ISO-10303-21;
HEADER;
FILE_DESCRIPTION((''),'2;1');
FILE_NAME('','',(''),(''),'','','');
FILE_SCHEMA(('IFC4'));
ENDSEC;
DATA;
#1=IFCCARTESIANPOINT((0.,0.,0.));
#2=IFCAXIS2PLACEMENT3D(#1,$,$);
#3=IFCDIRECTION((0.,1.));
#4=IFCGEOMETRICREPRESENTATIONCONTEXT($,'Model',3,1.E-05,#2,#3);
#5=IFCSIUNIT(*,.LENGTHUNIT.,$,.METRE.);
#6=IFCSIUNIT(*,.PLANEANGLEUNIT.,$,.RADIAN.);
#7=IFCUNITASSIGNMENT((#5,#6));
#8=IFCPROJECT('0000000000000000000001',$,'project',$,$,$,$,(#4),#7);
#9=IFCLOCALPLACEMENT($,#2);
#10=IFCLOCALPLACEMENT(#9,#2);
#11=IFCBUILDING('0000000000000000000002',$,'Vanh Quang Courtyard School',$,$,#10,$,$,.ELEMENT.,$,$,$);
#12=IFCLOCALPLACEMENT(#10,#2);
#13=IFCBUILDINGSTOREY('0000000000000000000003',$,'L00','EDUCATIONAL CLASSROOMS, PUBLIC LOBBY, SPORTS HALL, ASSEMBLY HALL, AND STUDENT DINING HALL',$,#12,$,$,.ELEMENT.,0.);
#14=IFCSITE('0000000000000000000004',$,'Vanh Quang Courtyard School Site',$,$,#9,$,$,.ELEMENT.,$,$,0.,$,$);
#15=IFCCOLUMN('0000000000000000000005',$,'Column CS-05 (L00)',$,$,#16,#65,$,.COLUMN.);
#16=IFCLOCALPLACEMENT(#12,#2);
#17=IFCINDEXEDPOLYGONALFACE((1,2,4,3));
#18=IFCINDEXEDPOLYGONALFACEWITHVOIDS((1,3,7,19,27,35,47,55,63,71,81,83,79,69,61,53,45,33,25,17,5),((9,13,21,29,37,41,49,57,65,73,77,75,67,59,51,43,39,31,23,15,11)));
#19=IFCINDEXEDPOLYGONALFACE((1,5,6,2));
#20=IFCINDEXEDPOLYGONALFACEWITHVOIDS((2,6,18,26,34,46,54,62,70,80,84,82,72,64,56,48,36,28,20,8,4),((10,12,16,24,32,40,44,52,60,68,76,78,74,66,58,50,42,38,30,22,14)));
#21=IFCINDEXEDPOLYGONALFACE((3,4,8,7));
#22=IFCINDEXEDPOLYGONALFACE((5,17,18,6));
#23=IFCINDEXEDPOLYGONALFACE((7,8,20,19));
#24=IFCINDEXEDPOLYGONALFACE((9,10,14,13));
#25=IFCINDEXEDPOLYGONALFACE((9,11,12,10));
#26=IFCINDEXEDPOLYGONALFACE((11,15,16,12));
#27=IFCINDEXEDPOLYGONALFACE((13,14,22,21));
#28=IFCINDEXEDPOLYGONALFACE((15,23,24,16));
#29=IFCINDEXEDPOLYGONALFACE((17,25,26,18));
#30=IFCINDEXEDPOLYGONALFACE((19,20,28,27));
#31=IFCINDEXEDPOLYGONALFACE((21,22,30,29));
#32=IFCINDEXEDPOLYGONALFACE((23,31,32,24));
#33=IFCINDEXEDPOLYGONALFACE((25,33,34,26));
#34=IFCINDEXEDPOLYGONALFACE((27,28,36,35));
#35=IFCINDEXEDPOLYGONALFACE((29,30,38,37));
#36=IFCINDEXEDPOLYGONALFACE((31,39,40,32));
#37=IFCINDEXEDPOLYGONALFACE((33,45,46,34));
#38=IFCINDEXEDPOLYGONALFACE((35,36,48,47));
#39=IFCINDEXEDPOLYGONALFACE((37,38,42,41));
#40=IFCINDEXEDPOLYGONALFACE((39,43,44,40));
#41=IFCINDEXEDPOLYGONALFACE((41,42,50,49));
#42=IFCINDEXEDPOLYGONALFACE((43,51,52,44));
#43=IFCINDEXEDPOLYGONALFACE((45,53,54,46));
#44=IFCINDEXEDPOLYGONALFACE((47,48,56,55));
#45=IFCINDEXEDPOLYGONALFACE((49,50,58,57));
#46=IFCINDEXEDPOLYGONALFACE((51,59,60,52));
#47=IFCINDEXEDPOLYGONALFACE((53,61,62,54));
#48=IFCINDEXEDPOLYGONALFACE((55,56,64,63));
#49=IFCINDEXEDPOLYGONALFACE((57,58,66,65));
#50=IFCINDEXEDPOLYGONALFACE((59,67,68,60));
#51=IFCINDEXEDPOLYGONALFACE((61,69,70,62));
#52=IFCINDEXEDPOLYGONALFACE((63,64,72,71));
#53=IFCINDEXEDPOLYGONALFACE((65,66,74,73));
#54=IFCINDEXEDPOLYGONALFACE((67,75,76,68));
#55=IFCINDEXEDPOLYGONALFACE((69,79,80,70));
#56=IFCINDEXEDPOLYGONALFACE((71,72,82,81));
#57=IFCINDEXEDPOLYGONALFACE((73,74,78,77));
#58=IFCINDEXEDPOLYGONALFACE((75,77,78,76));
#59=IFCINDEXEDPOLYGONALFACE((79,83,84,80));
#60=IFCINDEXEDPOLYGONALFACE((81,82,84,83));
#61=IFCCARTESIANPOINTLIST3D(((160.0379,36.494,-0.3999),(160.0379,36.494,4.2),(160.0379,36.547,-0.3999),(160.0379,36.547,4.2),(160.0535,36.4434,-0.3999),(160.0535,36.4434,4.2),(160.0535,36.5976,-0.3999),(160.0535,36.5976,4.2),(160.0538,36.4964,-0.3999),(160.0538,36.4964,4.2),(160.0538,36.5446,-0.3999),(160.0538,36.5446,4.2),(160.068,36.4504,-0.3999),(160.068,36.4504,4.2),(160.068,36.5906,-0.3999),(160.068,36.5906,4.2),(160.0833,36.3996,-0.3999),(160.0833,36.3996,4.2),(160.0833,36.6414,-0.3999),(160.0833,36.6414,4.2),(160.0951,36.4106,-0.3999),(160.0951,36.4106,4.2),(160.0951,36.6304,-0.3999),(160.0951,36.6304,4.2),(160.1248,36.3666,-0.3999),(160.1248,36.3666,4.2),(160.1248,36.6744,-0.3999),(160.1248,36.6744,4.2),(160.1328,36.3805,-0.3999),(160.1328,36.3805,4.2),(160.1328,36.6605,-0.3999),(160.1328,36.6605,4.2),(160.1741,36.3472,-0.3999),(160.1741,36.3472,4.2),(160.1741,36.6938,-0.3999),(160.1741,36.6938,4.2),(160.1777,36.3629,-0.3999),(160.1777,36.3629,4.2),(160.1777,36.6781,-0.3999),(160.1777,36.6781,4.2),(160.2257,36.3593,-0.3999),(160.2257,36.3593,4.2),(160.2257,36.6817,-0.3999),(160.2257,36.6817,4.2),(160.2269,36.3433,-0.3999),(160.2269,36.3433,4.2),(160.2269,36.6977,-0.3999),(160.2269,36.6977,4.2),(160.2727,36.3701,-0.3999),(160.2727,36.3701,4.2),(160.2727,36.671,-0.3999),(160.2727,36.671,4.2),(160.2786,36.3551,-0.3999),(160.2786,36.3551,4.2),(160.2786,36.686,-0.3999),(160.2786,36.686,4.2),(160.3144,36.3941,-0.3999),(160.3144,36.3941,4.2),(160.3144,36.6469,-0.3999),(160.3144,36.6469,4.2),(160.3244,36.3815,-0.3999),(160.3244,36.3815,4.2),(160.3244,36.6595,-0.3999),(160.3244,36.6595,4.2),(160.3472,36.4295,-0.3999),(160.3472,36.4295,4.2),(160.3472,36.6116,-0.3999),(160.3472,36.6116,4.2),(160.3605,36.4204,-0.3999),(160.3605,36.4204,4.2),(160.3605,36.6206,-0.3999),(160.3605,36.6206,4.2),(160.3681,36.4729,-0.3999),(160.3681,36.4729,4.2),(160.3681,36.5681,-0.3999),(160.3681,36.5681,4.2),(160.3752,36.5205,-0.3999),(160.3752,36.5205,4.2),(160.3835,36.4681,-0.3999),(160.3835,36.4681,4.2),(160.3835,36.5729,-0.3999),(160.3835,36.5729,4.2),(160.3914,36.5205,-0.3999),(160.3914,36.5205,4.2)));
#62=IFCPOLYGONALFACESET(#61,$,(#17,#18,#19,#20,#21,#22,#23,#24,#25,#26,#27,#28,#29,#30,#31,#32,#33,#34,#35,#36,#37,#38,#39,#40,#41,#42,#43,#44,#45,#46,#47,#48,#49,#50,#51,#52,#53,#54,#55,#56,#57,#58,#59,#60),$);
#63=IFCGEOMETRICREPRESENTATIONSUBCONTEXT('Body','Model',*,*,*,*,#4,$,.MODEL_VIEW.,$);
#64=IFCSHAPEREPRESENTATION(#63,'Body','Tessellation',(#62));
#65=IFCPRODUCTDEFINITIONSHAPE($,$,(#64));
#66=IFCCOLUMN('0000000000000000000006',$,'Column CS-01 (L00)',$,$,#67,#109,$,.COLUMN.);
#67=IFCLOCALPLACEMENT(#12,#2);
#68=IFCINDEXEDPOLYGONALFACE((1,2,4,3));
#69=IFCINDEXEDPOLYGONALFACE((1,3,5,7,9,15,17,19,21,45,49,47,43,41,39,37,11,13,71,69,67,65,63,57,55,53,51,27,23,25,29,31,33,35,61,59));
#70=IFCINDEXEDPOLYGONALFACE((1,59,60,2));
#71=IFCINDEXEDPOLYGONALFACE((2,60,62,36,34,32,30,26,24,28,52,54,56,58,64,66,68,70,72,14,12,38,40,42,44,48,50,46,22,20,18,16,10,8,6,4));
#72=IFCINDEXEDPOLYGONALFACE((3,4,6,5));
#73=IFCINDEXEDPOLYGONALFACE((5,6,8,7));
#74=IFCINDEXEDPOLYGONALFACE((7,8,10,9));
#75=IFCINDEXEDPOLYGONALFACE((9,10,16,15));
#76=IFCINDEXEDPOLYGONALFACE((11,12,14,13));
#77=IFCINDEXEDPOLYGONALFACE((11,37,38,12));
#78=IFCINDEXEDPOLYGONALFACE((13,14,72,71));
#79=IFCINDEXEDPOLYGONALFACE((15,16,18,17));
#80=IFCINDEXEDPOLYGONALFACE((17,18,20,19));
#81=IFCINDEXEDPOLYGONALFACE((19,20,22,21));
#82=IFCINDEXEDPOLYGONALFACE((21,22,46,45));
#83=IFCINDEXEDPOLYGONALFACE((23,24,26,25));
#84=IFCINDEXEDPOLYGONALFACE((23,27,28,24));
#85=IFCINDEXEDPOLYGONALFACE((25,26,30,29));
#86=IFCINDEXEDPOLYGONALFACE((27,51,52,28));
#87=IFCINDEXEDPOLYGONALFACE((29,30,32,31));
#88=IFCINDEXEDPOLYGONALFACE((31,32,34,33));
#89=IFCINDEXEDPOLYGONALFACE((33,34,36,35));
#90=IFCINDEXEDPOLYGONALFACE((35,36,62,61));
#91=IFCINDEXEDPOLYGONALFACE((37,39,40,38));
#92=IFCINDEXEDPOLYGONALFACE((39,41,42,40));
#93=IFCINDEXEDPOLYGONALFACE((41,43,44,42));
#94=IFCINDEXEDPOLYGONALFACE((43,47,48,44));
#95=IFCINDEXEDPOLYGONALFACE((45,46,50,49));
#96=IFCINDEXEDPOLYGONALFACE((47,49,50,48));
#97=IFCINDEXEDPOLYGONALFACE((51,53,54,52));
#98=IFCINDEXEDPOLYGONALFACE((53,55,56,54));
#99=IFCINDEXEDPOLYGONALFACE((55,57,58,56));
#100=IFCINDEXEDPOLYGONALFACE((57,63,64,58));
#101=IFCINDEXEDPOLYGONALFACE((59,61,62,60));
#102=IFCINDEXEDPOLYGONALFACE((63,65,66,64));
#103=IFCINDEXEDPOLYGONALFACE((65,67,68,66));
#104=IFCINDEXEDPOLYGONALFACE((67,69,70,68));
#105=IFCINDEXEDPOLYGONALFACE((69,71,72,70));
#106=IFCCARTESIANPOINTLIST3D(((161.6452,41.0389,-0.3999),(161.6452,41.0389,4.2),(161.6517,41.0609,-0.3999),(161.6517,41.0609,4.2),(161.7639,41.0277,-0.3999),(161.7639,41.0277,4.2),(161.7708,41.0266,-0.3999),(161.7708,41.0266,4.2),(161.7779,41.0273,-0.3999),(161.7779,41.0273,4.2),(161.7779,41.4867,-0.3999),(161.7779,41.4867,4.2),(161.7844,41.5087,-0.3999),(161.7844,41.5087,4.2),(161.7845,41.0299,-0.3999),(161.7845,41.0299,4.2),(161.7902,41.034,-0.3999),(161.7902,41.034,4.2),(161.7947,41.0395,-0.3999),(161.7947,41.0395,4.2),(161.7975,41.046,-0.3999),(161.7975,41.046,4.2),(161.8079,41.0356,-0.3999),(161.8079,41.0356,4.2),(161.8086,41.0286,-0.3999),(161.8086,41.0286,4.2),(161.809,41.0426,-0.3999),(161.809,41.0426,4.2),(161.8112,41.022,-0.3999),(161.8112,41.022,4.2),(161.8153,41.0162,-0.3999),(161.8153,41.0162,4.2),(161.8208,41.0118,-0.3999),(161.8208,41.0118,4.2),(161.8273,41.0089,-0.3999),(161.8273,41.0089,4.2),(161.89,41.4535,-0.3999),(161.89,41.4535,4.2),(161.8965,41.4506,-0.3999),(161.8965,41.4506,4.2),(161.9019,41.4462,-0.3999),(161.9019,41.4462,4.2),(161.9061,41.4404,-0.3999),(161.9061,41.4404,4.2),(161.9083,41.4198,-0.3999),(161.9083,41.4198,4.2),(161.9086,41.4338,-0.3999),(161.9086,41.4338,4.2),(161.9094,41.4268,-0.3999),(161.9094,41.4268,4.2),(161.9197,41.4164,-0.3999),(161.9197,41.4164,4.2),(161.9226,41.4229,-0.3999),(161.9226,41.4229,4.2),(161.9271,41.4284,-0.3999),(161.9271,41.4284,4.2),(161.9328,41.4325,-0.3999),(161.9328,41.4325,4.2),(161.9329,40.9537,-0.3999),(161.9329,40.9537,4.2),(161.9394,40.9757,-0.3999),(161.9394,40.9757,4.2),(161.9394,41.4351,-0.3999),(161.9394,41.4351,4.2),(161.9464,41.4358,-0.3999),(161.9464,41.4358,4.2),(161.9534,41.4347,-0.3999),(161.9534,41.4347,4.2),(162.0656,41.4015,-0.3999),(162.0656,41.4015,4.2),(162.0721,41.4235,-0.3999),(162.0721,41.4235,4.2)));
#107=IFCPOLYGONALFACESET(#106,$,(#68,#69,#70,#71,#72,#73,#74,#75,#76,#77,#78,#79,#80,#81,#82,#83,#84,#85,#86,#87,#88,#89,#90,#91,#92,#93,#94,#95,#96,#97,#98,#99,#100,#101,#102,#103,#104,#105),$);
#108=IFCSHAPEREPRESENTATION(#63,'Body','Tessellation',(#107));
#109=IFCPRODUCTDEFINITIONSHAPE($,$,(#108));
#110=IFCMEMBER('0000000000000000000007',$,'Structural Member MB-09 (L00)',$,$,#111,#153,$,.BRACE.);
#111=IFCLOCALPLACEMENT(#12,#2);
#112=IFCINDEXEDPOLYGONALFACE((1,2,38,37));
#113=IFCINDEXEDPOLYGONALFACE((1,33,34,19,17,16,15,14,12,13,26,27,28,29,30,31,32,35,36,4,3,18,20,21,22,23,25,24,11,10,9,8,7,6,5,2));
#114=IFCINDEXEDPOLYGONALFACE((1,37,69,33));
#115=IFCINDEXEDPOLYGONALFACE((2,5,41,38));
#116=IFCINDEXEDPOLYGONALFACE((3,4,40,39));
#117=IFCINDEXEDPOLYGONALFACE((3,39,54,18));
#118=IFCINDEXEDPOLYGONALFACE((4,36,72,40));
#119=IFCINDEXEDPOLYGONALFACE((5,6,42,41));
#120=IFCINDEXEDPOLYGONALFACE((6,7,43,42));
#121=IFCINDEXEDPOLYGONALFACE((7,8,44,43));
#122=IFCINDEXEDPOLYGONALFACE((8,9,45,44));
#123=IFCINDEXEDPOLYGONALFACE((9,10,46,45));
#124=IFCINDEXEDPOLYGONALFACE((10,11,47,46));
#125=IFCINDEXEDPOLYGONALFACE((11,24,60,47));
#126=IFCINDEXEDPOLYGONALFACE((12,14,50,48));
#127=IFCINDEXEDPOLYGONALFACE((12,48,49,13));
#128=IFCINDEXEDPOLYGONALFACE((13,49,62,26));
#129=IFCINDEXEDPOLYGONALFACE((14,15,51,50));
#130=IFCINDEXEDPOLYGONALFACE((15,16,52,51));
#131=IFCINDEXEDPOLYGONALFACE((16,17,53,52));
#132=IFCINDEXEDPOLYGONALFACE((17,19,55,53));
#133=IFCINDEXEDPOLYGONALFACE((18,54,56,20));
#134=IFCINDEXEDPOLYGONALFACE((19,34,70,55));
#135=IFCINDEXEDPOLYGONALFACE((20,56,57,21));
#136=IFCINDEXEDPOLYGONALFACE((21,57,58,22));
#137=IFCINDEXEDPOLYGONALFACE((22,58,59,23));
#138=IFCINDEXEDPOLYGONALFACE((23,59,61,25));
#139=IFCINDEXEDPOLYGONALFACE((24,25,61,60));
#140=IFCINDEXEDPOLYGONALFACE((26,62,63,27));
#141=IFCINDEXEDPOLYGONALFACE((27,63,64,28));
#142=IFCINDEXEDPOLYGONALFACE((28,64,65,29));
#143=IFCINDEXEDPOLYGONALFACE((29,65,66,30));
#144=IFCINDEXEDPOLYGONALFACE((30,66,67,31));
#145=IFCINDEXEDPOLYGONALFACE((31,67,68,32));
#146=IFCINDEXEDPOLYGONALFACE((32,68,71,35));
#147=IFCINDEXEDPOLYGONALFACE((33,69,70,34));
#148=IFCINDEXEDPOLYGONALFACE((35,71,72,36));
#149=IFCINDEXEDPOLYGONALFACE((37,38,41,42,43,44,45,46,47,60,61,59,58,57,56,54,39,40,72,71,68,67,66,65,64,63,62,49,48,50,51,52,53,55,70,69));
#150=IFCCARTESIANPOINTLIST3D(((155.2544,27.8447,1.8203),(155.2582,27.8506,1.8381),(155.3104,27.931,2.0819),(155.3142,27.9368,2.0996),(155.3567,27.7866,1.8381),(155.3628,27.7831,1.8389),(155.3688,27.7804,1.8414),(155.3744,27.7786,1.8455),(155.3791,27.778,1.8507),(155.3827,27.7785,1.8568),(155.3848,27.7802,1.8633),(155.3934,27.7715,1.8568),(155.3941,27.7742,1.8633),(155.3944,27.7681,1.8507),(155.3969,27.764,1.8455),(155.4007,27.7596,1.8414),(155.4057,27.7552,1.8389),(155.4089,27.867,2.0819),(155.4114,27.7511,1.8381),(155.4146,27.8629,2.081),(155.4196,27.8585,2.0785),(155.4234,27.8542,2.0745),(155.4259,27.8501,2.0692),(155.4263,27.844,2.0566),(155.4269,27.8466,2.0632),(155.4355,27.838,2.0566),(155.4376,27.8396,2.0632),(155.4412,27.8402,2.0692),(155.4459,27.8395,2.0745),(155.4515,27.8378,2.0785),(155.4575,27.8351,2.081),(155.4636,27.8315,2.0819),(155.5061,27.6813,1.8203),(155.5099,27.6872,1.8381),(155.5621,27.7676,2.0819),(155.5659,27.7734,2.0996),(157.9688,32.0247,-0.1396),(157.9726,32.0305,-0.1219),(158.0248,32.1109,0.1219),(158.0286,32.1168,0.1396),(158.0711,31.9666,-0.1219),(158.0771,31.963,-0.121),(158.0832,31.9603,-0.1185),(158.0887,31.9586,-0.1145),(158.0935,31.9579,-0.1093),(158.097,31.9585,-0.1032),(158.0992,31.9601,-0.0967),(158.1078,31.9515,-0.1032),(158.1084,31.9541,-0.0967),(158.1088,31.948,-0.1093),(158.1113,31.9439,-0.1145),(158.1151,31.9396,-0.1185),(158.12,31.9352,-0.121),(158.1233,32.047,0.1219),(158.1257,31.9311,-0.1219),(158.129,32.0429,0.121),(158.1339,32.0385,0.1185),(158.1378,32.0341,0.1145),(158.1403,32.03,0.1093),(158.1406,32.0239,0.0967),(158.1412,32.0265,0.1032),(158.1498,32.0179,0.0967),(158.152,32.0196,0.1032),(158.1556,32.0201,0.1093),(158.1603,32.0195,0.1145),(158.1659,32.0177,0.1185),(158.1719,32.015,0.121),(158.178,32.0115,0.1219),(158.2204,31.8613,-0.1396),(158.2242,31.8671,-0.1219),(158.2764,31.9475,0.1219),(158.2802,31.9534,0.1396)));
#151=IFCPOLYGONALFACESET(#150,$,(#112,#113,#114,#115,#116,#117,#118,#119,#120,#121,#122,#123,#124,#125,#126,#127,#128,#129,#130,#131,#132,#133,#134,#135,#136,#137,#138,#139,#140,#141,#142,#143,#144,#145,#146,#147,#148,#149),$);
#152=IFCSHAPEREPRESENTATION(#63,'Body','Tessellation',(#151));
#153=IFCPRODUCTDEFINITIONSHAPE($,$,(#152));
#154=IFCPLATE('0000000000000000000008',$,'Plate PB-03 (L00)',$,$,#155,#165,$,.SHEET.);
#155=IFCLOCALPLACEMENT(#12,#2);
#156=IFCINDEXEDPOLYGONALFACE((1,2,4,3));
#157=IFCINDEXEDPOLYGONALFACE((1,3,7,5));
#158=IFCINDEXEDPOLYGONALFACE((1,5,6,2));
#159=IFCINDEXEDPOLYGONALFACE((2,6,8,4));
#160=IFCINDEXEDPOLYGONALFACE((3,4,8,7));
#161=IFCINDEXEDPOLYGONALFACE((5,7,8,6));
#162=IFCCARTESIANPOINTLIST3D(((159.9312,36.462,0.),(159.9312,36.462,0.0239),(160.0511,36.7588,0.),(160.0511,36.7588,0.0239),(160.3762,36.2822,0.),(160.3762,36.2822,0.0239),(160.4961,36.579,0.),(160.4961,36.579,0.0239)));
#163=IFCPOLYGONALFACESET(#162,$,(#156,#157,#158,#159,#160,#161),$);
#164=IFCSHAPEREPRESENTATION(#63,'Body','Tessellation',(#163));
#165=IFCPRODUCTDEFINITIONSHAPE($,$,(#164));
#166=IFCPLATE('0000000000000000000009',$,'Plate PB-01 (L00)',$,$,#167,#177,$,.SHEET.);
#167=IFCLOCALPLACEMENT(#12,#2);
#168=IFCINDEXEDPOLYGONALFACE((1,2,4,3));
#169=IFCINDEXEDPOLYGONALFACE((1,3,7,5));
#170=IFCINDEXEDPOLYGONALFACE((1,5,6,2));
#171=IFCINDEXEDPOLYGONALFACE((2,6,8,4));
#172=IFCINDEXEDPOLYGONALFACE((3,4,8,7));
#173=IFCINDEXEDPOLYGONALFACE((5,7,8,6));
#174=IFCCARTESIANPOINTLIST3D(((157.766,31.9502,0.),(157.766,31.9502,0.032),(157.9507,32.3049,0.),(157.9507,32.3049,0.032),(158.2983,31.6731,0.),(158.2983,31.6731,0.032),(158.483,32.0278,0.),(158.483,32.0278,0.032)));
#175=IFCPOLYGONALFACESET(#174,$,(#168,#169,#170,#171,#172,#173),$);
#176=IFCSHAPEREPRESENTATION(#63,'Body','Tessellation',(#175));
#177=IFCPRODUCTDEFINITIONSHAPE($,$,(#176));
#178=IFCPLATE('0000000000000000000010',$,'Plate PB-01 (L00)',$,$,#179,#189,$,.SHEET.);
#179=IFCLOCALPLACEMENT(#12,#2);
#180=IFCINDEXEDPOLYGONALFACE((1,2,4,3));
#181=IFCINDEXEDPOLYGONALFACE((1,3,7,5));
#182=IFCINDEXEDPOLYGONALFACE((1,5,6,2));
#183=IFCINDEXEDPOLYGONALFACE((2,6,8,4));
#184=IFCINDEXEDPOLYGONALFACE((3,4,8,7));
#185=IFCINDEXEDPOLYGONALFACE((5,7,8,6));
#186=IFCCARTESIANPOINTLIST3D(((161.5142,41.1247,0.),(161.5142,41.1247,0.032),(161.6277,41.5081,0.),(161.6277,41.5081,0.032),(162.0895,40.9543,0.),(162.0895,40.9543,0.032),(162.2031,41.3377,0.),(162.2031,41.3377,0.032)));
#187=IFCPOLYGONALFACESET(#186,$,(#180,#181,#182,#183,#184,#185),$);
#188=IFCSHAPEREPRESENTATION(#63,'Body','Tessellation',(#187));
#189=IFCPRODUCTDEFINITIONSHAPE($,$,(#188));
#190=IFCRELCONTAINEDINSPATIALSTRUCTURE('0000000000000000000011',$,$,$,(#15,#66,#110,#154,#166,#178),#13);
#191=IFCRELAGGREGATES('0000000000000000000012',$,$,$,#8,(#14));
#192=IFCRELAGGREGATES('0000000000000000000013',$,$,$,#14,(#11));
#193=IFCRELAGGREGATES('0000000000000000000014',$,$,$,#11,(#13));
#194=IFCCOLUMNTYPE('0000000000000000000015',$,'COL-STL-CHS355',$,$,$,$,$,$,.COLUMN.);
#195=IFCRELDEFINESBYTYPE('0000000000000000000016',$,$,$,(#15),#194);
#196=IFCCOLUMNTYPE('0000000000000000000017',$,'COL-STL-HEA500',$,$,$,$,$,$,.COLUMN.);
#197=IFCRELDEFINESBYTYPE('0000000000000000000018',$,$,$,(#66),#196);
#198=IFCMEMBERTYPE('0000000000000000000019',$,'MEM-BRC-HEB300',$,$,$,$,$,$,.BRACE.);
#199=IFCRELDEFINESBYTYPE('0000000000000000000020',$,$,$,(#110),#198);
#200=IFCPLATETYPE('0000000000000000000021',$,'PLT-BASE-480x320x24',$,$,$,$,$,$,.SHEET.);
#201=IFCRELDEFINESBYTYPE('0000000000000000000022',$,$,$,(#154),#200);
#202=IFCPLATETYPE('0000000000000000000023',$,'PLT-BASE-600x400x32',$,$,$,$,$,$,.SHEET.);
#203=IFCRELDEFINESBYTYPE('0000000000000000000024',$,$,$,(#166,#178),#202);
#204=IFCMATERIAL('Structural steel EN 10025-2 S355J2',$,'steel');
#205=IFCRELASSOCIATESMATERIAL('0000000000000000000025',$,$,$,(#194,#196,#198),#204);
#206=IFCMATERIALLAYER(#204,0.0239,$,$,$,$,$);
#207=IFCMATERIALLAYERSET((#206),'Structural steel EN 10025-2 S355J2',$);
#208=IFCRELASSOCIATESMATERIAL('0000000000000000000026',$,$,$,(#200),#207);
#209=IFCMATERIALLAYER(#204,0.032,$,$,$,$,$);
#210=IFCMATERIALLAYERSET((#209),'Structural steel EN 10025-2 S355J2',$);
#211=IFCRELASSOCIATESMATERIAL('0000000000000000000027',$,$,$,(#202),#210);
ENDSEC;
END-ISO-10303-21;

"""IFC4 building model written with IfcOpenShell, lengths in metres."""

from ifc_helpers import new_model, si_unit, direction, frame, origin, origin_2d, place, context, subcontext, project, spatial, rectangle, hollow_circle, i_section, extrude, material, layer, layer_set, material_profile, profile_set, type_object, element, save


model = new_model("IFC4")

# Units and contexts
model_context = context("Model", 3, precision=1e-05, world=origin(), true_north=direction((0.0, 1.0)))
body_context = subcontext(model_context, "Body", "Model", "MODEL_VIEW")
ifc_project = project(units=[si_unit("LENGTHUNIT", "METRE"), si_unit("PLANEANGLEUNIT", "RADIAN")], contexts=[model_context])

# Site, building, storey
site_placement = place(None, origin())
site = spatial("IfcSite", under=ifc_project, at=site_placement, Name="Vanh Quang Courtyard School Site", CompositionType="ELEMENT", RefElevation=0.0)
building_placement = place(site_placement, origin())
building = spatial("IfcBuilding", under=site, at=building_placement, Name="Vanh Quang Courtyard School", CompositionType="ELEMENT")
storey_placement = place(building_placement, origin())
storey = spatial("IfcBuildingStorey", under=building, at=storey_placement, Name="L00", Description="EDUCATIONAL CLASSROOMS, PUBLIC LOBBY, SPORTS HALL, ASSEMBLY HALL, AND STUDENT DINING HALL", CompositionType="ELEMENT", Elevation=0.0)

# Columns
ifc_material_1 = material(Name="Structural steel EN 10025-2 S355J2", Category="steel")
ifc_material_profile_1 = material_profile(ifc_material_1, hollow_circle(Radius=0.1777, WallThickness=0.0161, at=origin_2d()), Name="CHS 355.6x16")
ifc_profile_set_1 = profile_set([ifc_material_profile_1], Name="Structural steel EN 10025-2 S355J2")
column_type_1 = type_object("IfcColumnType", Name="COL-STL-CHS355", PredefinedType="COLUMN", material=ifc_profile_set_1)
column_1_placement = place(storey_placement, frame((160.2136, 36.5205, -0.3999), z_axis=(0.0, 0.0, 1.0), x_axis=(1.0, 0.0, 0.0)))
element("IfcColumn", 1, at=column_1_placement, inside=storey, type_object=column_type_1, Name="Column CS-05 (L00)", PredefinedType="COLUMN", context=body_context, shape_type="SweptSolid", body=[
    extrude(hollow_circle(Radius=0.1777, WallThickness=0.0161, at=origin_2d()), origin(), (0.0, 0.0, 1.0), 4.5999),
])
ifc_material_profile_2 = material_profile(ifc_material_1, i_section(OverallWidth=0.3, OverallDepth=0.49, WebThickness=0.012, FlangeThickness=0.0229, FilletRadius=0.0271, at=origin_2d()), Name="HEA 500")
ifc_profile_set_2 = profile_set([ifc_material_profile_2], Name="Structural steel EN 10025-2 S355J2")
column_type_2 = type_object("IfcColumnType", Name="COL-STL-HEA500", PredefinedType="COLUMN", material=ifc_profile_set_2)
column_2_placement = place(storey_placement, frame((161.8586, 41.2312, -0.3999), z_axis=(0.0, 0.0, 1.0), x_axis=(0.95882, -0.284015, 0.0)))
element("IfcColumn", 2, at=column_2_placement, inside=storey, type_object=column_type_2, Name="Column CS-01 (L00)", PredefinedType="COLUMN", context=body_context, shape_type="SweptSolid", body=[
    extrude(i_section(OverallWidth=0.3, OverallDepth=0.49, WebThickness=0.012, FlangeThickness=0.0229, FilletRadius=0.0271, at=origin_2d()), origin(), (0.0, 0.0, 1.0), 4.5999),
])

# Member
ifc_material_profile_3 = material_profile(ifc_material_1, i_section(OverallWidth=0.3, OverallDepth=0.3, WebThickness=0.011, FlangeThickness=0.019, FilletRadius=0.0271, at=origin_2d()), Name="HEB 300")
ifc_profile_set_3 = profile_set([ifc_material_profile_3], Name="Structural steel EN 10025-2 S355J2")
member_type = type_object("IfcMemberType", Name="MEM-BRC-HEB300", PredefinedType="BRACE", material=ifc_profile_set_3)
member_placement = place(storey_placement, frame((158.1245, 31.989, 0.0), z_axis=(-0.506838, -0.780498, 0.365974), x_axis=(0.838682, -0.544622, 0.0)))
element("IfcMember", 3, at=member_placement, inside=storey, type_object=member_type, Name="Structural Member MB-09 (L00)", PredefinedType="BRACE", context=body_context, shape_type="SweptSolid", body=[
    extrude(i_section(OverallWidth=0.3, OverallDepth=0.3, WebThickness=0.011, FlangeThickness=0.019, FilletRadius=0.0271, at=origin_2d()), origin(), (0.0, 0.0, 1.0), 5.3555),
])

# Plates
ifc_layer_1 = layer(ifc_material_1, 0.0239)
ifc_layer_set_1 = layer_set([ifc_layer_1], Name="Structural steel EN 10025-2 S355J2")
plate_type_1 = type_object("IfcPlateType", Name="PLT-BASE-480x320x24", PredefinedType="SHEET", material=ifc_layer_set_1)
plate_placement = place(storey_placement, frame((160.2136, 36.5205, 0.0), z_axis=(0.0, 0.0, 1.0), x_axis=(0.927184, -0.374607, 0.0)))
element("IfcPlate", 4, at=plate_placement, inside=storey, type_object=plate_type_1, Name="Plate PB-03 (L00)", PredefinedType="SHEET", context=body_context, shape_type="SweptSolid", body=[
    extrude(rectangle(XDim=0.48, YDim=0.3201, at=origin_2d()), origin(), (0.0, 0.0, 1.0), 0.0239),
])
ifc_layer_2 = layer(ifc_material_1, 0.032)
ifc_layer_set_2 = layer_set([ifc_layer_2], Name="Structural steel EN 10025-2 S355J2")
plate_type_2 = type_object("IfcPlateType", Name="PLT-BASE-600x400x32", PredefinedType="SHEET", material=ifc_layer_set_2)
for number, where, z_axis, x_axis, name in (
    (5, (158.1245, 31.989, 0.0), (0.0, 0.0, 1.0), (0.887011, -0.461749, 0.0), "Plate PB-01 (L00)"),
    (6, (161.8586, 41.2312, 0.0), (0.0, 0.0, 1.0), (0.95882, -0.284015, 0.0), "Plate PB-01 (L00)"),
):
    element("IfcPlate", number, at=place(storey_placement, frame(where, z_axis=z_axis, x_axis=x_axis)), inside=storey, type_object=plate_type_2, Name=name, PredefinedType="SHEET", context=body_context, shape_type="SweptSolid", body=[
        extrude(rectangle(XDim=0.6001, YDim=0.3999, at=origin_2d()), origin(), (0.0, 0.0, 1.0), 0.032),
    ])

save(model, "model.ifc")
